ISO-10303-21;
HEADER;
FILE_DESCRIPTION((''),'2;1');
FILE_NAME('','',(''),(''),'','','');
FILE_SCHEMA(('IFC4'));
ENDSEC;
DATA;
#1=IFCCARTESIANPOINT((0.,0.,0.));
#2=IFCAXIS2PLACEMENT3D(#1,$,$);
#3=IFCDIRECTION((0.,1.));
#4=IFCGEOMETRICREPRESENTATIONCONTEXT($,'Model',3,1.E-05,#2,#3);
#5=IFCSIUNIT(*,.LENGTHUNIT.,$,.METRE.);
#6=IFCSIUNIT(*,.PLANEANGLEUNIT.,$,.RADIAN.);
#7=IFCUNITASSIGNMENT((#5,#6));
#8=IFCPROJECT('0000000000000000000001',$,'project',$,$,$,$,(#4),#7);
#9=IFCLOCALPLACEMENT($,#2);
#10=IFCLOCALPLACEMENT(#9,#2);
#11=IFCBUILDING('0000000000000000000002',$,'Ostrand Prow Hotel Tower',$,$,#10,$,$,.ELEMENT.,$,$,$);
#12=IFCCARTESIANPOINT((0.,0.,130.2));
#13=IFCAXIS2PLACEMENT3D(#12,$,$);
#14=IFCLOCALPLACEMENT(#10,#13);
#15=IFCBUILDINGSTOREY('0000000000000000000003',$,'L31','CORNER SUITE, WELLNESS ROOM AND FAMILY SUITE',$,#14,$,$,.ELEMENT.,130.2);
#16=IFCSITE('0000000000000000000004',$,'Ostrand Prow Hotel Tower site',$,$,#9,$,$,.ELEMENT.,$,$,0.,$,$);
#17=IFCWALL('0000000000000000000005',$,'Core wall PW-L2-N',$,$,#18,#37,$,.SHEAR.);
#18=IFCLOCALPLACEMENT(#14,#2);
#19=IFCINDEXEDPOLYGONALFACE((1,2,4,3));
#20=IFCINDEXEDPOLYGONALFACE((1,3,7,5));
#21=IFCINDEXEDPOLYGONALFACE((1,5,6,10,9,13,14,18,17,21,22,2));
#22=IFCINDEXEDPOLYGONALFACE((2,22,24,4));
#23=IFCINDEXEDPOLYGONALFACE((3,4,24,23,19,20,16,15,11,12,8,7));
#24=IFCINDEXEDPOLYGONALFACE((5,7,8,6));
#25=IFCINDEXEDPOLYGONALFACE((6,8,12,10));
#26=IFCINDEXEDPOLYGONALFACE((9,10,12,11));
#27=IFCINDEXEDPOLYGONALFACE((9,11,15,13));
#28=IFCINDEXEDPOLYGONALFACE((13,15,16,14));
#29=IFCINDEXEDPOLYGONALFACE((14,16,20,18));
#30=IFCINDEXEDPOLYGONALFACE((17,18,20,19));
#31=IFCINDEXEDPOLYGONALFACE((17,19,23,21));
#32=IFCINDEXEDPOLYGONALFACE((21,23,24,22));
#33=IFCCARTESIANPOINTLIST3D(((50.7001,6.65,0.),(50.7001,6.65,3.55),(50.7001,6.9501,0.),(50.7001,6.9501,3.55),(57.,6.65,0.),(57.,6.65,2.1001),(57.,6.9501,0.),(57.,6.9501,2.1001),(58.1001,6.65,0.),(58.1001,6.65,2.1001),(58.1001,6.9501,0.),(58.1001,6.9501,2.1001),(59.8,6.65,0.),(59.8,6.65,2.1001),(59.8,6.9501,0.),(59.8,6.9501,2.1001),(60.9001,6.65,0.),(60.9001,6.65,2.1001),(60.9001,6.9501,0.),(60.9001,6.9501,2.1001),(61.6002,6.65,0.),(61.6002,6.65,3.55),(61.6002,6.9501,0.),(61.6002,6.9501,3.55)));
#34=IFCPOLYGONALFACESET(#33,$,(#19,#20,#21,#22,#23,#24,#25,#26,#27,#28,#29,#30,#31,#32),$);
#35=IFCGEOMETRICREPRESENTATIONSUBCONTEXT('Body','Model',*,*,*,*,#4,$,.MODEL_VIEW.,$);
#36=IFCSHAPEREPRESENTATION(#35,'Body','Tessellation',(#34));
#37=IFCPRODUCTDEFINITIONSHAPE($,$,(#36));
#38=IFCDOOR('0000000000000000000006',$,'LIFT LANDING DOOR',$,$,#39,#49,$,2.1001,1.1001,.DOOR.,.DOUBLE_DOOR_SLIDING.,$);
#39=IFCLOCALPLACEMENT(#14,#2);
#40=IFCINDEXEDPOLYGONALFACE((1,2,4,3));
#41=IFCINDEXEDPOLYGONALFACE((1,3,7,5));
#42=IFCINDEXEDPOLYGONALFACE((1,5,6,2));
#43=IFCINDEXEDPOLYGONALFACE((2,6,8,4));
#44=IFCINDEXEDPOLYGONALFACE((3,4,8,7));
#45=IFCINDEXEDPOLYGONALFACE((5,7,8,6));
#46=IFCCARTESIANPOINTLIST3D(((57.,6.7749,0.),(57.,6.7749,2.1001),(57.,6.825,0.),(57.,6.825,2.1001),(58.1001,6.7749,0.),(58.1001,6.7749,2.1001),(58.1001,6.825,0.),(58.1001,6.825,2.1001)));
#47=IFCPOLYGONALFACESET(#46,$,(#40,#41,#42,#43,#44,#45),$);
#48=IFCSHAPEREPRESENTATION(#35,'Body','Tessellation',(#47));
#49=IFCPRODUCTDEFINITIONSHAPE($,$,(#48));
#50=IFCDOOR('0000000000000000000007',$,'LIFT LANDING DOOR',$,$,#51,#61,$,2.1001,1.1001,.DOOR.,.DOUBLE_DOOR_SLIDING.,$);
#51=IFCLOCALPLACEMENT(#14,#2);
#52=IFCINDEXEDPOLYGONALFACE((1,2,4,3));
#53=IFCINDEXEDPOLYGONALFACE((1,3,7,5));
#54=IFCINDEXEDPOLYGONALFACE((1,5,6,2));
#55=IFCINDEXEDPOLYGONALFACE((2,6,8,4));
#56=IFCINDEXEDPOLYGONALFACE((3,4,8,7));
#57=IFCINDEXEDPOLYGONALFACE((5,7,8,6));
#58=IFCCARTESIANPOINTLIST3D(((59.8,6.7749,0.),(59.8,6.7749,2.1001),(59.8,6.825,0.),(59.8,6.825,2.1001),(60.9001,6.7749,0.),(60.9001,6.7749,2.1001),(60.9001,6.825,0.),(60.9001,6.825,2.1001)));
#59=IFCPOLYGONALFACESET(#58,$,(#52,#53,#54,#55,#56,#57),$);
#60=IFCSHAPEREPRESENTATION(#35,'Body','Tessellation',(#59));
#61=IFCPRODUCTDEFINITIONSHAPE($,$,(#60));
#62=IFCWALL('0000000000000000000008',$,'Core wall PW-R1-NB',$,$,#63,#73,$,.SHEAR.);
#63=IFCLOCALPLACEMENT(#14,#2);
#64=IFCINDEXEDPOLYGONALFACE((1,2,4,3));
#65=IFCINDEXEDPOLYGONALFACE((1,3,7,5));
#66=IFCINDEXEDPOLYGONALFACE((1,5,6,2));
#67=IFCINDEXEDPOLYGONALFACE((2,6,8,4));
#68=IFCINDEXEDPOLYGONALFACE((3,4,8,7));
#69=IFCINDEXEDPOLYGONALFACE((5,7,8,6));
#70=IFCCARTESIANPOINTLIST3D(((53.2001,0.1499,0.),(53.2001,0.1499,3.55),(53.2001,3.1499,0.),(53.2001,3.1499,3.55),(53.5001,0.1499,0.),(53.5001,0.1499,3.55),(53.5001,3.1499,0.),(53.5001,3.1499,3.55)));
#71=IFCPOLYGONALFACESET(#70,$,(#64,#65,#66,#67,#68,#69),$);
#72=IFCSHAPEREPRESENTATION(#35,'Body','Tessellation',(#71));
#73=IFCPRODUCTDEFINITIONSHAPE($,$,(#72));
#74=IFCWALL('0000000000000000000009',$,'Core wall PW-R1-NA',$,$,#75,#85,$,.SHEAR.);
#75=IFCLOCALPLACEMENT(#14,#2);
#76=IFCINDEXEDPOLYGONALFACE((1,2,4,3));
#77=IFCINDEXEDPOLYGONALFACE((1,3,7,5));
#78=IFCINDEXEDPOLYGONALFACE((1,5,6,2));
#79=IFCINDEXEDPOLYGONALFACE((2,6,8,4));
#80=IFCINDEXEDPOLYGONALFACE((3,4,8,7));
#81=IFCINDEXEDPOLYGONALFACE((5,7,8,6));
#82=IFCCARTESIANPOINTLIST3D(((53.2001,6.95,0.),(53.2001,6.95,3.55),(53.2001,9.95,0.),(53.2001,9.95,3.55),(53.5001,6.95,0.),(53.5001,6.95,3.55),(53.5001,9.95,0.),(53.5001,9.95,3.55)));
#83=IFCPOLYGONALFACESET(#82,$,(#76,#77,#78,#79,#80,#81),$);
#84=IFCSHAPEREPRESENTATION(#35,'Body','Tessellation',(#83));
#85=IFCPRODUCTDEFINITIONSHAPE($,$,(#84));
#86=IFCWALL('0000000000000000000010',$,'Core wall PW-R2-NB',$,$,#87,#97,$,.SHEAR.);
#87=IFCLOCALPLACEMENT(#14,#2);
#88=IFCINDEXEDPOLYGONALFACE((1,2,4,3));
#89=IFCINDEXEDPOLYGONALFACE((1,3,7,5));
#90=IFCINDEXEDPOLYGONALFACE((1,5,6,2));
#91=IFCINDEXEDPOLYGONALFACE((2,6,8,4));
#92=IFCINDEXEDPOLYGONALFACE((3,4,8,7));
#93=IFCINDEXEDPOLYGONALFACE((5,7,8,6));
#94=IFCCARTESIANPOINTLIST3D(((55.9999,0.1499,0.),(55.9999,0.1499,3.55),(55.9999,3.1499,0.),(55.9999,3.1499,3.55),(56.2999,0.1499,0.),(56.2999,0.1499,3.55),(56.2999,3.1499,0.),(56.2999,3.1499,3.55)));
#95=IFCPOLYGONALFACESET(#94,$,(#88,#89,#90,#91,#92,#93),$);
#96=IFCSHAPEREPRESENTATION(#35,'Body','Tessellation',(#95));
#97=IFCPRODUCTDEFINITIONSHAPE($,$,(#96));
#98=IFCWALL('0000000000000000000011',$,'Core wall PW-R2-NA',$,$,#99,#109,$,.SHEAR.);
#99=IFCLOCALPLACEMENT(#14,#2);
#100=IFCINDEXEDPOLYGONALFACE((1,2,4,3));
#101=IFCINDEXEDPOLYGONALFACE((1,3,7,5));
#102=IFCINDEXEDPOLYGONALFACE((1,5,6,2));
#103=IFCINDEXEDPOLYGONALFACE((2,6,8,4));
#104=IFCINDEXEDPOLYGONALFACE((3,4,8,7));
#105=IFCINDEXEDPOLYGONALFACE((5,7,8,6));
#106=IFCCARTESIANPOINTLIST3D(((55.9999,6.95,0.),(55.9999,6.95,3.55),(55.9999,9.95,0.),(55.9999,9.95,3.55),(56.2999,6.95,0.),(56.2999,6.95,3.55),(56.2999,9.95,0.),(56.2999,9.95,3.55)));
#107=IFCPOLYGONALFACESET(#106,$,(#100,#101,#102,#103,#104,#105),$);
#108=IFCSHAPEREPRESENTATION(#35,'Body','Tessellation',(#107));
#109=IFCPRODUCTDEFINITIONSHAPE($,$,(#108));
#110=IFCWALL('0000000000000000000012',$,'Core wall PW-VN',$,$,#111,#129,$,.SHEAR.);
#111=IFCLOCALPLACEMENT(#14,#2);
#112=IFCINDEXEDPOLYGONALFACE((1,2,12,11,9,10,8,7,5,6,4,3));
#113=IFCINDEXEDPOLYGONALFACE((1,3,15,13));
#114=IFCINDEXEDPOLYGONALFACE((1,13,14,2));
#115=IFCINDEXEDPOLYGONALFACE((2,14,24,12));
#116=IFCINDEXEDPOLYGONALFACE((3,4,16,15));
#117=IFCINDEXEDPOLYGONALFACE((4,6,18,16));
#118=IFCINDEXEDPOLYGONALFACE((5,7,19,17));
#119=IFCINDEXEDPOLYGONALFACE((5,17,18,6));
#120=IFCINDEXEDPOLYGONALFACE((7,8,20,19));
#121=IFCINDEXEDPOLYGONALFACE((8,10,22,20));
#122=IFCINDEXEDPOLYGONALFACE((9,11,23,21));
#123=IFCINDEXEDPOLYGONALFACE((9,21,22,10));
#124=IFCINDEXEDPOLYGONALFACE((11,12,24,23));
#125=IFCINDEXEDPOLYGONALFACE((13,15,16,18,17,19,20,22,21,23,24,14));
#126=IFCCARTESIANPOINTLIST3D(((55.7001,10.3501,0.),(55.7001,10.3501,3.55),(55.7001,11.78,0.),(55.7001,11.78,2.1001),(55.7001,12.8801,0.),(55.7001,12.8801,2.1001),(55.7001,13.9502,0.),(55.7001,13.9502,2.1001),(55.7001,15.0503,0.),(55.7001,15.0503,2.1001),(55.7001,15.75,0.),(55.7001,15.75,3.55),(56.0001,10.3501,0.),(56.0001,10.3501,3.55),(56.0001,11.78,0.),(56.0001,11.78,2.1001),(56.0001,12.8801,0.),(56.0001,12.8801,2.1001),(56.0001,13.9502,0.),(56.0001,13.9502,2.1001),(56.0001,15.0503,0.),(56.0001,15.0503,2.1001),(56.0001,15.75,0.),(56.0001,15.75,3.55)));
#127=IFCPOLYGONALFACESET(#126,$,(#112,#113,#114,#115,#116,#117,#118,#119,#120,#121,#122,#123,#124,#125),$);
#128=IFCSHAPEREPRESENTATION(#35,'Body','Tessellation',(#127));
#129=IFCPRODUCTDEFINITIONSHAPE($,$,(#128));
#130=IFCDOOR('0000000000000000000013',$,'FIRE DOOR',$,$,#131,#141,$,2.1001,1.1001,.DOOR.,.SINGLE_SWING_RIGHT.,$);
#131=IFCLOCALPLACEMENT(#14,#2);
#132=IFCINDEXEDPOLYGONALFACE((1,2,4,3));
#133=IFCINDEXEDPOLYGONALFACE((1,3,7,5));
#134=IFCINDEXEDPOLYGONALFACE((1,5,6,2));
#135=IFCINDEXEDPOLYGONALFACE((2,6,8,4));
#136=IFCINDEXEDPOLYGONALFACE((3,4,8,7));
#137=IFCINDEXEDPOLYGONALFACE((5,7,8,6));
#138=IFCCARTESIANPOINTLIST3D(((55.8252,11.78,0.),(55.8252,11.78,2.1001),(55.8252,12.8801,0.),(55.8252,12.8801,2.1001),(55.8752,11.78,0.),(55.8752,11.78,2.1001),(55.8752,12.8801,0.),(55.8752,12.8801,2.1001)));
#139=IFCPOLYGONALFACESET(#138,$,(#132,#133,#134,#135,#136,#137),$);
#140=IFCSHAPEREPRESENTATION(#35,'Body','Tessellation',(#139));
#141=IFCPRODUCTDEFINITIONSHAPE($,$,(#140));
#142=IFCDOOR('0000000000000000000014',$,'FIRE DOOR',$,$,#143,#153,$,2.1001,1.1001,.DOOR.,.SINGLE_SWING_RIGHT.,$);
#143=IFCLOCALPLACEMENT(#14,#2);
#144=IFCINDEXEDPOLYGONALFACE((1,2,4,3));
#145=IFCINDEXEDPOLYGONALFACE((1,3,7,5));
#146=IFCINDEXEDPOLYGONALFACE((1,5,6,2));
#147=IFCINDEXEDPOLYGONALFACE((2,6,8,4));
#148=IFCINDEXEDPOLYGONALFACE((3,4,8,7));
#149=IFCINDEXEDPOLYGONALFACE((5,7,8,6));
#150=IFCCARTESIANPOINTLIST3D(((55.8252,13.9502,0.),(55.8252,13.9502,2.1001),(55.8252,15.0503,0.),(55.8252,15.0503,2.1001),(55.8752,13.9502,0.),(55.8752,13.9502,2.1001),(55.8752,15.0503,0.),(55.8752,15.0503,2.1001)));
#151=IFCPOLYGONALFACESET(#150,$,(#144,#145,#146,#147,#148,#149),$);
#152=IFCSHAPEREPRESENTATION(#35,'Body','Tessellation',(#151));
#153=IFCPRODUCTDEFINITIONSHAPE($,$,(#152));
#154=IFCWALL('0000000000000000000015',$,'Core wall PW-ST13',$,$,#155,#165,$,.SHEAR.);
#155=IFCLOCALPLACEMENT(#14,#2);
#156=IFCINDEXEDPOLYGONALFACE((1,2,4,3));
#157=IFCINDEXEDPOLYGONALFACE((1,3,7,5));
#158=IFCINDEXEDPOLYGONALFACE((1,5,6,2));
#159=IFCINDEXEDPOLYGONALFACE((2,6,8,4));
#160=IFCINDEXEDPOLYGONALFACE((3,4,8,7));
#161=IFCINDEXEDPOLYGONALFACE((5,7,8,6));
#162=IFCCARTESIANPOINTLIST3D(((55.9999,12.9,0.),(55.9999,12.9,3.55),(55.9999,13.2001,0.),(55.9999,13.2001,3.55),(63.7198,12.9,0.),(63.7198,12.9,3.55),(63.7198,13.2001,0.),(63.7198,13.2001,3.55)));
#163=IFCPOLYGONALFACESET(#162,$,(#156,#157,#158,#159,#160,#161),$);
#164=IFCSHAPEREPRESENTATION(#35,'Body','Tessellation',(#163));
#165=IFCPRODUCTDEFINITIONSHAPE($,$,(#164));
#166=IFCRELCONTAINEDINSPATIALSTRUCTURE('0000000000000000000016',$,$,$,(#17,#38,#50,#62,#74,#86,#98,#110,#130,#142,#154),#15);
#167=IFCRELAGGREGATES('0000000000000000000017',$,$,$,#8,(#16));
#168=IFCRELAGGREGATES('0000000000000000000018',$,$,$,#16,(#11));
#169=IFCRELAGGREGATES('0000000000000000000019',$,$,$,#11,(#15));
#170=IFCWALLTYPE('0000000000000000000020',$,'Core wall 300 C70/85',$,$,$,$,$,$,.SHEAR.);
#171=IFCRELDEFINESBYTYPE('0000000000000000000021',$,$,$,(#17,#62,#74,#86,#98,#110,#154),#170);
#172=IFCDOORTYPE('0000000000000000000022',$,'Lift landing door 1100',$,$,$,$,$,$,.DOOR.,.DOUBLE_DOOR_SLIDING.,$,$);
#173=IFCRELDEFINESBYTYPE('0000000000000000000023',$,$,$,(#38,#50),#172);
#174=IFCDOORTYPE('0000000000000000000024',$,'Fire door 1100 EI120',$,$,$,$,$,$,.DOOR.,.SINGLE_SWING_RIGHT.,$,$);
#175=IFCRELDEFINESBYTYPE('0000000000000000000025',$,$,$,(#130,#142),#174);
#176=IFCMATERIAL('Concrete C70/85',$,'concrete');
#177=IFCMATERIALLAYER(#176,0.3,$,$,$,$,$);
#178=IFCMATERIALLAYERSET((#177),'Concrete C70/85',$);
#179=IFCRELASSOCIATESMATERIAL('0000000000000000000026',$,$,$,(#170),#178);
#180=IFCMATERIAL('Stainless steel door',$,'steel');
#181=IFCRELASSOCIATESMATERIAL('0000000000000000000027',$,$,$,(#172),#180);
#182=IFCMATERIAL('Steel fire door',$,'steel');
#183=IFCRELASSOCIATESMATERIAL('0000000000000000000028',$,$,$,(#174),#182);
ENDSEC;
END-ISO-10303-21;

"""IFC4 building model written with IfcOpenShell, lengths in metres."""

from ifc_helpers import new_model, si_unit, direction, frame, frame_2d, origin, place, context, subcontext, project, spatial, rectangle, extrude, material, layer, layer_set, type_object, element, fill, save


model = new_model("IFC4")

# Units and contexts
model_context = context("Model", 3, precision=1e-05, world=origin(), true_north=direction((0.0, 1.0)))
body_context = subcontext(model_context, "Body", "Model", "MODEL_VIEW")
ifc_project = project(units=[si_unit("LENGTHUNIT", "METRE"), si_unit("PLANEANGLEUNIT", "RADIAN")], contexts=[model_context])

# Site, building, storey
site_placement = place(None, origin())
site = spatial("IfcSite", under=ifc_project, at=site_placement, Name="Ostrand Prow Hotel Tower site", CompositionType="ELEMENT", RefElevation=0.0)
building_placement = place(site_placement, origin())
building = spatial("IfcBuilding", under=site, at=building_placement, Name="Ostrand Prow Hotel Tower", CompositionType="ELEMENT")
storey_placement = place(building_placement, frame((0.0, 0.0, 130.2)))
storey = spatial("IfcBuildingStorey", under=building, at=storey_placement, Name="L31", Description="CORNER SUITE, WELLNESS ROOM AND FAMILY SUITE", CompositionType="ELEMENT", Elevation=130.2)

# Wall, openings, doors
ifc_material_1 = material(Name="Concrete C70/85", Category="concrete")
ifc_layer_1 = layer(ifc_material_1, 0.3)
ifc_layer_set_1 = layer_set([ifc_layer_1], Name="Concrete C70/85")
wall_type_1 = type_object("IfcWallType", Name="Core wall 300 C70/85", PredefinedType="SHEAR", material=ifc_layer_set_1)
wall_1_placement = place(storey_placement, frame((50.7, 6.8, 0.0), z_axis=(0.0, 0.0, 1.0), x_axis=(1.0, 0.0, 0.0)))
wall_1 = element("IfcWall", 1, at=wall_1_placement, inside=storey, type_object=wall_type_1, Name="Core wall PW-L2-N", PredefinedType="SHEAR", context=body_context, shape_type="SweptSolid", body=[
    extrude(rectangle(XDim=10.9001, YDim=0.3, at=frame_2d((5.4502, 0.0))), origin(), (0.0, 0.0, 1.0), 3.55),
])
opening_1_placement = place(wall_1_placement, frame((6.3, 0.0, 0.0)))
opening_1 = element("IfcOpeningElement", 2, at=opening_1_placement, cuts=wall_1, PredefinedType="OPENING", context=body_context, shape_type="SweptSolid", body=[
    extrude(rectangle(XDim=1.1001, YDim=2.1001, at=frame_2d((0.55, 1.05))), frame((0.0, 0.1599, 0.0), z_axis=(0.0, -1.0, 0.0), x_axis=(1.0, 0.0, 0.0)), (0.0, 0.0, 1.0), 0.3201),
])
opening_2_placement = place(wall_1_placement, frame((9.1001, 0.0, 0.0)))
opening_2 = element("IfcOpeningElement", 3, at=opening_2_placement, cuts=wall_1, PredefinedType="OPENING", context=body_context, shape_type="SweptSolid", body=[
    extrude(rectangle(XDim=1.1001, YDim=2.1001, at=frame_2d((0.55, 1.05))), frame((0.0, 0.1599, 0.0), z_axis=(0.0, -1.0, 0.0), x_axis=(1.0, 0.0, 0.0)), (0.0, 0.0, 1.0), 0.3201),
])
ifc_material_2 = material(Name="Stainless steel door", Category="steel")
door_type_1 = type_object("IfcDoorType", Name="Lift landing door 1100", OperationType="DOUBLE_DOOR_SLIDING", PredefinedType="DOOR", material=ifc_material_2)
door_1_placement = place(opening_1_placement, origin())
door_1 = element("IfcDoor", 4, at=door_1_placement, inside=storey, type_object=door_type_1, Name="LIFT LANDING DOOR", OperationType="DOUBLE_DOOR_SLIDING", OverallHeight=2.1001, OverallWidth=1.1001, PredefinedType="DOOR", context=body_context, shape_type="SweptSolid", body=[
    extrude(rectangle(XDim=1.1001, YDim=2.1001, at=frame_2d((0.55, 1.05))), frame((0.0, 0.0249, 0.0), z_axis=(0.0, -1.0, 0.0), x_axis=(1.0, 0.0, 0.0)), (0.0, 0.0, 1.0), 0.05),
])
fill(opening_1, door_1)
door_2_placement = place(opening_2_placement, origin())
door_2 = element("IfcDoor", 5, at=door_2_placement, inside=storey, type_object=door_type_1, Name="LIFT LANDING DOOR", OperationType="DOUBLE_DOOR_SLIDING", OverallHeight=2.1001, OverallWidth=1.1001, PredefinedType="DOOR", context=body_context, shape_type="SweptSolid", body=[
    extrude(rectangle(XDim=1.1001, YDim=2.1001, at=frame_2d((0.55, 1.05))), frame((0.0, 0.0249, 0.0), z_axis=(0.0, -1.0, 0.0), x_axis=(1.0, 0.0, 0.0)), (0.0, 0.0, 1.0), 0.05),
])
fill(opening_2, door_2)

# Walls
for number, where, z_axis, x_axis, name in (
    (6, (53.3501, 0.1499, 0.0), (0.0, 0.0, 1.0), (0.0, 1.0, 0.0), "Core wall PW-R1-NB"),
    (7, (53.3501, 6.95, 0.0), (0.0, 0.0, 1.0), (0.0, 1.0, 0.0), "Core wall PW-R1-NA"),
    (8, (56.1499, 0.1499, 0.0), (0.0, 0.0, 1.0), (0.0, 1.0, 0.0), "Core wall PW-R2-NB"),
    (9, (56.1499, 6.95, 0.0), (0.0, 0.0, 1.0), (0.0, 1.0, 0.0), "Core wall PW-R2-NA"),
):
    element("IfcWall", number, at=place(storey_placement, frame(where, z_axis=z_axis, x_axis=x_axis)), inside=storey, type_object=wall_type_1, Name=name, PredefinedType="SHEAR", context=body_context, shape_type="SweptSolid", body=[
        extrude(rectangle(XDim=3.0, YDim=0.3, at=frame_2d((1.5, 0.0))), origin(), (0.0, 0.0, 1.0), 3.55),
    ])

# Wall, openings, doors
wall_2_placement = place(storey_placement, frame((55.8501, 10.3501, 0.0), z_axis=(0.0, 0.0, 1.0), x_axis=(0.0, 1.0, 0.0)))
wall_2 = element("IfcWall", 10, at=wall_2_placement, inside=storey, type_object=wall_type_1, Name="Core wall PW-VN", PredefinedType="SHEAR", context=body_context, shape_type="SweptSolid", body=[
    extrude(rectangle(XDim=5.3999, YDim=0.3, at=frame_2d((2.7, 0.0))), origin(), (0.0, 0.0, 1.0), 3.55),
])
opening_3_placement = place(wall_2_placement, frame((1.4299, 0.0, 0.0)))
opening_3 = element("IfcOpeningElement", 11, at=opening_3_placement, cuts=wall_2, PredefinedType="OPENING", context=body_context, shape_type="SweptSolid", body=[
    extrude(rectangle(XDim=1.1001, YDim=2.1001, at=frame_2d((0.55, 1.05))), frame((0.0, 0.1599, 0.0), z_axis=(0.0, -1.0, 0.0), x_axis=(1.0, 0.0, 0.0)), (0.0, 0.0, 1.0), 0.3201),
])
opening_4_placement = place(wall_2_placement, frame((3.6001, 0.0, 0.0)))
opening_4 = element("IfcOpeningElement", 12, at=opening_4_placement, cuts=wall_2, PredefinedType="OPENING", context=body_context, shape_type="SweptSolid", body=[
    extrude(rectangle(XDim=1.1001, YDim=2.1001, at=frame_2d((0.55, 1.05))), frame((0.0, 0.1599, 0.0), z_axis=(0.0, -1.0, 0.0), x_axis=(1.0, 0.0, 0.0)), (0.0, 0.0, 1.0), 0.3201),
])
ifc_material_3 = material(Name="Steel fire door", Category="steel")
door_type_2 = type_object("IfcDoorType", Name="Fire door 1100 EI120", OperationType="SINGLE_SWING_RIGHT", PredefinedType="DOOR", material=ifc_material_3)
door_3_placement = place(opening_3_placement, origin())
door_3 = element("IfcDoor", 13, at=door_3_placement, inside=storey, type_object=door_type_2, Name="FIRE DOOR", OperationType="SINGLE_SWING_RIGHT", OverallHeight=2.1001, OverallWidth=1.1001, PredefinedType="DOOR", context=body_context, shape_type="SweptSolid", body=[
    extrude(rectangle(XDim=1.1001, YDim=2.1001, at=frame_2d((0.55, 1.05))), frame((0.0, 0.0249, 0.0), z_axis=(0.0, -1.0, 0.0), x_axis=(1.0, 0.0, 0.0)), (0.0, 0.0, 1.0), 0.05),
])
fill(opening_3, door_3)
door_4_placement = place(opening_4_placement, origin())
door_4 = element("IfcDoor", 14, at=door_4_placement, inside=storey, type_object=door_type_2, Name="FIRE DOOR", OperationType="SINGLE_SWING_RIGHT", OverallHeight=2.1001, OverallWidth=1.1001, PredefinedType="DOOR", context=body_context, shape_type="SweptSolid", body=[
    extrude(rectangle(XDim=1.1001, YDim=2.1001, at=frame_2d((0.55, 1.05))), frame((0.0, 0.0249, 0.0), z_axis=(0.0, -1.0, 0.0), x_axis=(1.0, 0.0, 0.0)), (0.0, 0.0, 1.0), 0.05),
])
fill(opening_4, door_4)

# Wall
wall_3_placement = place(storey_placement, frame((56.0, 13.05, 0.0), z_axis=(0.0, 0.0, 1.0), x_axis=(1.0, 0.0, 0.0)))
element("IfcWall", 15, at=wall_3_placement, inside=storey, type_object=wall_type_1, Name="Core wall PW-ST13", PredefinedType="SHEAR", context=body_context, shape_type="SweptSolid", body=[
    extrude(rectangle(XDim=7.72, YDim=0.3, at=frame_2d((3.8599, 0.0))), origin(), (0.0, 0.0, 1.0), 3.55),
])

save(model, "model.ifc")
